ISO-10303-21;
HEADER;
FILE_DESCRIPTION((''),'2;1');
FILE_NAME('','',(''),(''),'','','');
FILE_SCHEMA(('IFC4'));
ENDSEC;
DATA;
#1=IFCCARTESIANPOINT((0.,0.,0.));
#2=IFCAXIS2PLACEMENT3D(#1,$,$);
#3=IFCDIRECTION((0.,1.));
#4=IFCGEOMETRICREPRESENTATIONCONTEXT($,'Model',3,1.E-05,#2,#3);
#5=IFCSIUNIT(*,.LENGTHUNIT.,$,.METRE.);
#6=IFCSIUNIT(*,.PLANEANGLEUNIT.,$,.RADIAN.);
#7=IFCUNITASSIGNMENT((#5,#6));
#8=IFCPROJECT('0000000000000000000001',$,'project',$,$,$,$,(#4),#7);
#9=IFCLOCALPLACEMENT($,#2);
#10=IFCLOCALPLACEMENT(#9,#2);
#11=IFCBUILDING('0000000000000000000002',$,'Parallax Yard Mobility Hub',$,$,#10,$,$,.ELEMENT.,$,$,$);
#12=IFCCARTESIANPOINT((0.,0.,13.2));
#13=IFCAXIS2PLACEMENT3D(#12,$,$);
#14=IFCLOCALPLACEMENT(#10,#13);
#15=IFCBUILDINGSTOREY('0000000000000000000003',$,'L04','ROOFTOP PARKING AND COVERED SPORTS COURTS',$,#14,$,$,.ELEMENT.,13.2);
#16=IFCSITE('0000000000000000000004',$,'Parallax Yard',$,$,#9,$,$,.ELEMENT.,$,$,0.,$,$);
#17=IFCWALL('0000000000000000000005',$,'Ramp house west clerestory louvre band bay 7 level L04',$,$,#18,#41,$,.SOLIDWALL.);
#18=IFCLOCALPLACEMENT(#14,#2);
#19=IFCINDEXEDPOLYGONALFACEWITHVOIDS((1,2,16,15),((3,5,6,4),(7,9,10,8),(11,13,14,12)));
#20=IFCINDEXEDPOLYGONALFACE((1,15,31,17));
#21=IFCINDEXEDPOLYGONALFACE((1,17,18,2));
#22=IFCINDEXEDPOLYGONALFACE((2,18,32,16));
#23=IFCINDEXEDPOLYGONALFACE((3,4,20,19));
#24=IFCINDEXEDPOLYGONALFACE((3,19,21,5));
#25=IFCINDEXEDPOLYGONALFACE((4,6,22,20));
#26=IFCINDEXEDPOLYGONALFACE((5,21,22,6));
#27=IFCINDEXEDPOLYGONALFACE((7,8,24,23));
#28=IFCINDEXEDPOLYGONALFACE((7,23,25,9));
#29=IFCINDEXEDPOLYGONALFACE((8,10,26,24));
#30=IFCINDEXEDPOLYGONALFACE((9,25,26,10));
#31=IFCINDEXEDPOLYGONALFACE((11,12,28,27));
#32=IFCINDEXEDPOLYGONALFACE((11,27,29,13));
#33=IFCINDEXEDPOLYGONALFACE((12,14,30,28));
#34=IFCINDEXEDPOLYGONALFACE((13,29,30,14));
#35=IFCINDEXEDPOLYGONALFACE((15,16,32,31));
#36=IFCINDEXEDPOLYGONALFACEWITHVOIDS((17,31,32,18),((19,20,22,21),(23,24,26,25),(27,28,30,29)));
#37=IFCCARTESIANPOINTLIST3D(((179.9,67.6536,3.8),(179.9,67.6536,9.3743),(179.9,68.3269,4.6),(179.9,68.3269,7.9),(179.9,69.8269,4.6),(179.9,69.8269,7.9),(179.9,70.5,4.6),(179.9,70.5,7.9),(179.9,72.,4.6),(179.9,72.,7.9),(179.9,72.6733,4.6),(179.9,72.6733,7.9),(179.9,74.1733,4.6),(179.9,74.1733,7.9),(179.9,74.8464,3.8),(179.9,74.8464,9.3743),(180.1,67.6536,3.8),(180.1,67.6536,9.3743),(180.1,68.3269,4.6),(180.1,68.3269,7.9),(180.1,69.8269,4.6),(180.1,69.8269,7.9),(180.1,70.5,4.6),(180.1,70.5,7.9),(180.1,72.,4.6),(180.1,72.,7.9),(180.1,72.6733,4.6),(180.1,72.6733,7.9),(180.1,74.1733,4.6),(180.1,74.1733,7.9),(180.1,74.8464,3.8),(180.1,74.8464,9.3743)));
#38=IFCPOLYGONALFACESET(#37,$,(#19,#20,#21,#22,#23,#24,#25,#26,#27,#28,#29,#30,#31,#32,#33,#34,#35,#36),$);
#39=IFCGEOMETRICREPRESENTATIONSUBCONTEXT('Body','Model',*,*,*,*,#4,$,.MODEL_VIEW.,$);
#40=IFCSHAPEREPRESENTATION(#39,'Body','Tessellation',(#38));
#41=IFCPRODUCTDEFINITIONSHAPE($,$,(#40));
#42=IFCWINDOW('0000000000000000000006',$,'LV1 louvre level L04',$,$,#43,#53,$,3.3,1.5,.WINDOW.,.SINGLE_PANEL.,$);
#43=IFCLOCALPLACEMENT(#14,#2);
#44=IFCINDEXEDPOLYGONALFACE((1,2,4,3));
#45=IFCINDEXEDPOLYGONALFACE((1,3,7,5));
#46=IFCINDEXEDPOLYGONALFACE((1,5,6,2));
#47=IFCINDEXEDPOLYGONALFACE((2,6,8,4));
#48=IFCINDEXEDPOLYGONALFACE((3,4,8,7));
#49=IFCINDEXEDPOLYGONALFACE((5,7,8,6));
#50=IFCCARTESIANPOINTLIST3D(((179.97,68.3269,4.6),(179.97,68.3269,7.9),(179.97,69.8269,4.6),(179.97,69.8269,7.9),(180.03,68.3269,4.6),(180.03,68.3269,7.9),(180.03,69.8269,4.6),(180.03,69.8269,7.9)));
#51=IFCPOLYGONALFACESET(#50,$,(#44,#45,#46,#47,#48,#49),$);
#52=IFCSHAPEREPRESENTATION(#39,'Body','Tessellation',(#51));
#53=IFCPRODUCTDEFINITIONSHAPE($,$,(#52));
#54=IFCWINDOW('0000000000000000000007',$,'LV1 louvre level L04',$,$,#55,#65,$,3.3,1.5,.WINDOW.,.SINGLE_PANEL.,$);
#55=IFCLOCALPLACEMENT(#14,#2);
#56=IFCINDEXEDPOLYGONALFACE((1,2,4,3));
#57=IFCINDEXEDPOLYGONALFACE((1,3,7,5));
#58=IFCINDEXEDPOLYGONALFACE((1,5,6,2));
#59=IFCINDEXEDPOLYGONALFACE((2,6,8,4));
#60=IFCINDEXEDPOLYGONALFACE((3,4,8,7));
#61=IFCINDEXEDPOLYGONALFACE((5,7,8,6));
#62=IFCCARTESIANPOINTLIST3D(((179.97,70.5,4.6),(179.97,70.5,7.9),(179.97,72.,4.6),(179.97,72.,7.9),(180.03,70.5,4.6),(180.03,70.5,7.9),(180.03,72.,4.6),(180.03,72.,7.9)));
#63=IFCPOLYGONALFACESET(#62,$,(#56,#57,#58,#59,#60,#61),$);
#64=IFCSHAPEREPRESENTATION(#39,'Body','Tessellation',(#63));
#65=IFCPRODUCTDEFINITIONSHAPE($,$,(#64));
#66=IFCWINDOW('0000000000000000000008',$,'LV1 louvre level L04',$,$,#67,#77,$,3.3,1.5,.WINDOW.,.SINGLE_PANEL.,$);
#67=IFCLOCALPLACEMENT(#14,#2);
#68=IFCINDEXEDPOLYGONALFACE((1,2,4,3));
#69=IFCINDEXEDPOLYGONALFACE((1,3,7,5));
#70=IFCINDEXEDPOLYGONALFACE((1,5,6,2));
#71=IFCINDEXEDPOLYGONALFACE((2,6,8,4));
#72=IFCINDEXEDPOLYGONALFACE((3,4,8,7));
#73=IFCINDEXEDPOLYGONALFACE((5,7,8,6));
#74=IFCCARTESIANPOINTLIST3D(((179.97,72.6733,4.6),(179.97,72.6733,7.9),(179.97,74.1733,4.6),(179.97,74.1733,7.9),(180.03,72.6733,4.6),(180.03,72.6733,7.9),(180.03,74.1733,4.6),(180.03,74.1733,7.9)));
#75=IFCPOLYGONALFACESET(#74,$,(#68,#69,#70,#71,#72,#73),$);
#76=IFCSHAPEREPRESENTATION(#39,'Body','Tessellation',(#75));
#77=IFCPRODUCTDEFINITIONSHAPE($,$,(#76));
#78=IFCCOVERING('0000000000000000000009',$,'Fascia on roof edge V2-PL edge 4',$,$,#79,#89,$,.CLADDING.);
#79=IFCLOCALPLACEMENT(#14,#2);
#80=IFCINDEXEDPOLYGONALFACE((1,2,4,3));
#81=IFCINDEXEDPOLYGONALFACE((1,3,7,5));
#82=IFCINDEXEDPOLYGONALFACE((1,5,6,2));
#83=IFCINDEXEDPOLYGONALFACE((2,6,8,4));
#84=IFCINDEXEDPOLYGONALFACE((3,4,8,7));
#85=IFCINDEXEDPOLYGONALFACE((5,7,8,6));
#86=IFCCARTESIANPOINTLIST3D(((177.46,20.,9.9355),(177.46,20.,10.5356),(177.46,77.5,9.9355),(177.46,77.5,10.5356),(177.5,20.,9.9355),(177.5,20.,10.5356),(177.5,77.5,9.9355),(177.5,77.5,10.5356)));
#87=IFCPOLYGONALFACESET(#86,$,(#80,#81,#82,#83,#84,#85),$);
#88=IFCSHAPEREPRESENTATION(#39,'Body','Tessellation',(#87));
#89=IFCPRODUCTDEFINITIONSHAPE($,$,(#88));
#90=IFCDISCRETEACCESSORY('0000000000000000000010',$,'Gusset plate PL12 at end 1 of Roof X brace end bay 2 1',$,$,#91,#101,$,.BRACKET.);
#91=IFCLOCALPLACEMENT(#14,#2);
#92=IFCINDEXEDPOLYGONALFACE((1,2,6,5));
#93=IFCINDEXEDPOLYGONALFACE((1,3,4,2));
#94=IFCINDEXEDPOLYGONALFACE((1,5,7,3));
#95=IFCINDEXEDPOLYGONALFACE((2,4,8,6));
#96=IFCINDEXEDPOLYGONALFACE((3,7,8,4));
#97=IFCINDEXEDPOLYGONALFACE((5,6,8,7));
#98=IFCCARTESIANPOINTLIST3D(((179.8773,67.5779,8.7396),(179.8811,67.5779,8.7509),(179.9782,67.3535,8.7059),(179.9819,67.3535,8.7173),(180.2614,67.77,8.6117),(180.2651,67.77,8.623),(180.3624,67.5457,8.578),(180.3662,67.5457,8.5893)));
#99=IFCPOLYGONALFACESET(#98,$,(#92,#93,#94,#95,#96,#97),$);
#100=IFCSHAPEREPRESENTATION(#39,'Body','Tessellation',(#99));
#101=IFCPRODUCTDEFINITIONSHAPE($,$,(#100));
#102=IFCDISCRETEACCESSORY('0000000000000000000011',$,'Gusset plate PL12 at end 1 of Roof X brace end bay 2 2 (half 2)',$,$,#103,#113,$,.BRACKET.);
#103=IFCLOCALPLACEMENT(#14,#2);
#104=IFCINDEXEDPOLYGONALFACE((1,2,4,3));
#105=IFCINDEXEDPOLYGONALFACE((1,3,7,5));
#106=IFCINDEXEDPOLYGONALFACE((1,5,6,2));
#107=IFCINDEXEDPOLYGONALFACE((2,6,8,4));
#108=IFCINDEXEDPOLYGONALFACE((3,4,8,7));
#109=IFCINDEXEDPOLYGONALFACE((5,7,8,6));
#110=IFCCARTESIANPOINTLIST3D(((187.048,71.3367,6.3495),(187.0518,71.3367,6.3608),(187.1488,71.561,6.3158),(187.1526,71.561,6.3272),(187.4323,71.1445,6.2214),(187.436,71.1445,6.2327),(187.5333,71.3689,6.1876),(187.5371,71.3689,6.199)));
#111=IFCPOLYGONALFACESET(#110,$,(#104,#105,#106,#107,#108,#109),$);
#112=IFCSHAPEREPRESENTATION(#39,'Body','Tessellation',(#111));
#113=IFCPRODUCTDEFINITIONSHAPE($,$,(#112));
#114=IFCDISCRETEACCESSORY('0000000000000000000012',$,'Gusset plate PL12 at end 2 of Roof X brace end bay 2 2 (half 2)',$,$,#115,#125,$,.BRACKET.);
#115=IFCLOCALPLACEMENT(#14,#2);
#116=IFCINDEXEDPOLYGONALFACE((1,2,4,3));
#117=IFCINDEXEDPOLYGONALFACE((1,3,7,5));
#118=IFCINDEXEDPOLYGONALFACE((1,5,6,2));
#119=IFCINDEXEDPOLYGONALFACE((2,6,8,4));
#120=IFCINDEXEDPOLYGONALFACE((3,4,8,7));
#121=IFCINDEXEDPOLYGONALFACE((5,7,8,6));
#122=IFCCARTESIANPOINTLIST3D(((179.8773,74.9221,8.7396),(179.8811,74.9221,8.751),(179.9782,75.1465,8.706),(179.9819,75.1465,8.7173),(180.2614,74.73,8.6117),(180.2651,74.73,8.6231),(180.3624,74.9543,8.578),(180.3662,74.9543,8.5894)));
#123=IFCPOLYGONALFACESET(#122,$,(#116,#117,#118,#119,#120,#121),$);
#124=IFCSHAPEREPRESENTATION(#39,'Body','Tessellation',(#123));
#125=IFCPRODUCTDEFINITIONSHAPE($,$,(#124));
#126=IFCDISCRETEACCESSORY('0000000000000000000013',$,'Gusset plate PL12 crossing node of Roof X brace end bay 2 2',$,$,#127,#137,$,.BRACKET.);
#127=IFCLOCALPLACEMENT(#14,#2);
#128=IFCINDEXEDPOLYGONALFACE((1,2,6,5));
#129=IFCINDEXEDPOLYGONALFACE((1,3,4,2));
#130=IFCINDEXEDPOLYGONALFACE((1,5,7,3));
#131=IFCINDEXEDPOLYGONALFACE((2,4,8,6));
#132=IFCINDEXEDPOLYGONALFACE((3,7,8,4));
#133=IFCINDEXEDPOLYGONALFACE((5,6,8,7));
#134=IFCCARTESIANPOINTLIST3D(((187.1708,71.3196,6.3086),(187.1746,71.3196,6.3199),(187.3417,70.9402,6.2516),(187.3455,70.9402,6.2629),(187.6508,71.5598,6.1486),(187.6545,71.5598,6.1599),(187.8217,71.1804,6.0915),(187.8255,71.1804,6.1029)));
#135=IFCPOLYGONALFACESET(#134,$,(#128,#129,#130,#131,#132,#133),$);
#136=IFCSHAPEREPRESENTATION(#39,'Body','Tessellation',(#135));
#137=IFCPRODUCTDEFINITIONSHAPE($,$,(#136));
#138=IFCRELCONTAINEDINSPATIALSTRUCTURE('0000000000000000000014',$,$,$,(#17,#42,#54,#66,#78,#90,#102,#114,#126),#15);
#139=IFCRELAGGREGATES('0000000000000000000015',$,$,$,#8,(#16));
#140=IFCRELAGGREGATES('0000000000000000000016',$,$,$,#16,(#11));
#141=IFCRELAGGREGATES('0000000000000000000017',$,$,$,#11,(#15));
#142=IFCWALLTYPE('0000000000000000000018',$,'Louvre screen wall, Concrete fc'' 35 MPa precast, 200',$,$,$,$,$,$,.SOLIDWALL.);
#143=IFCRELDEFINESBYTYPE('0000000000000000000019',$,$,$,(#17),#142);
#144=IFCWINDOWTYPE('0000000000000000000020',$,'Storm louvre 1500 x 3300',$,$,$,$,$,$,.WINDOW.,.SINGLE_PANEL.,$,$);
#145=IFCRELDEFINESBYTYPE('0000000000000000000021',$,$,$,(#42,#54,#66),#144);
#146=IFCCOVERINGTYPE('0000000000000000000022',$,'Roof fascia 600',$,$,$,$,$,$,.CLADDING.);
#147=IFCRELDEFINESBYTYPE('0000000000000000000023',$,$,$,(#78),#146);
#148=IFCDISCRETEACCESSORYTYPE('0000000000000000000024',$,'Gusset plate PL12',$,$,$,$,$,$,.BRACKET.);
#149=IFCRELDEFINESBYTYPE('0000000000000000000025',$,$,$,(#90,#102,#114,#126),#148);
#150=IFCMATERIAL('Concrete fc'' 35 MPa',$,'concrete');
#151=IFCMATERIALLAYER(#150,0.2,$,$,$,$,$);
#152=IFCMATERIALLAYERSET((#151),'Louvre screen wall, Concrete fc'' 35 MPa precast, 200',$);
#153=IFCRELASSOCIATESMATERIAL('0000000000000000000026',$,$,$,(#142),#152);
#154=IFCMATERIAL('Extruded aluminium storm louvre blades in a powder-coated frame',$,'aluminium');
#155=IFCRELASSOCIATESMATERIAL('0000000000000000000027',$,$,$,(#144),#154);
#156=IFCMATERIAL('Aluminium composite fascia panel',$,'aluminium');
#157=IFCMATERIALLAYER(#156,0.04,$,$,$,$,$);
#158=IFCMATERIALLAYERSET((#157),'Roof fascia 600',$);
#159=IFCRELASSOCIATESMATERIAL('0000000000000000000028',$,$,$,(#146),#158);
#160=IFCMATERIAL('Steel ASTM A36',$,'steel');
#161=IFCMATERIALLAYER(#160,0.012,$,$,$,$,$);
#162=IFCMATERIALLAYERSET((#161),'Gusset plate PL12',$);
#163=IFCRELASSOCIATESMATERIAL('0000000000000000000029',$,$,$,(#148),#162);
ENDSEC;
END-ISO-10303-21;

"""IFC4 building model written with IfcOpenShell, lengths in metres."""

from ifc_helpers import new_model, si_unit, direction, frame, frame_2d, origin, place, context, subcontext, project, spatial, polyline, rectangle, outline, extrude, material, layer, layer_set, type_object, element, fill, save


model = new_model("IFC4")

# Units and contexts
model_context = context("Model", 3, precision=1e-05, world=origin(), true_north=direction((0.0, 1.0)))
body_context = subcontext(model_context, "Body", "Model", "MODEL_VIEW")
ifc_project = project(units=[si_unit("LENGTHUNIT", "METRE"), si_unit("PLANEANGLEUNIT", "RADIAN")], contexts=[model_context])

# Site, building, storey
site_placement = place(None, origin())
site = spatial("IfcSite", under=ifc_project, at=site_placement, Name="Parallax Yard", CompositionType="ELEMENT", RefElevation=0.0)
building_placement = place(site_placement, origin())
building = spatial("IfcBuilding", under=site, at=building_placement, Name="Parallax Yard Mobility Hub", CompositionType="ELEMENT")
storey_placement = place(building_placement, frame((0.0, 0.0, 13.2)))
storey = spatial("IfcBuildingStorey", under=building, at=storey_placement, Name="L04", Description="ROOFTOP PARKING AND COVERED SPORTS COURTS", CompositionType="ELEMENT", Elevation=13.2)

# Wall, openings, windows
ifc_material_1 = material(Name="Concrete fc' 35 MPa", Category="concrete")
ifc_layer_1 = layer(ifc_material_1, 0.2)
ifc_layer_set_1 = layer_set([ifc_layer_1], Name="Louvre screen wall, Concrete fc' 35 MPa precast, 200")
wall_type = type_object("IfcWallType", Name="Louvre screen wall, Concrete fc' 35 MPa precast, 200", PredefinedType="SOLIDWALL", material=ifc_layer_set_1)
wall_placement = place(storey_placement, frame((180.0, 67.6536, 3.8), z_axis=(0.0, 0.0, 1.0), x_axis=(0.0, 1.0, 0.0)))
wall = element("IfcWall", 1, at=wall_placement, inside=storey, type_object=wall_type, Name="Ramp house west clerestory louvre band bay 7 level L04", PredefinedType="SOLIDWALL", context=body_context, shape_type="SweptSolid", body=[
    extrude(rectangle(XDim=7.1929, YDim=0.2, at=frame_2d((3.5964, 0.0))), origin(), (0.0, 0.0, 1.0), 5.5742),
])
opening_1_placement = place(wall_placement, frame((0.6733, 0.0, 0.8)))
opening_1 = element("IfcOpeningElement", 2, at=opening_1_placement, cuts=wall, PredefinedType="OPENING", context=body_context, shape_type="SweptSolid", body=[
    extrude(rectangle(XDim=1.5, YDim=3.3, at=frame_2d((0.75, 1.6499))), frame((0.0, 0.1099, 0.0), z_axis=(0.0, -1.0, 0.0), x_axis=(1.0, 0.0, 0.0)), (0.0, 0.0, 1.0), 0.22),
])
opening_2_placement = place(wall_placement, frame((2.8464, 0.0, 0.8)))
opening_2 = element("IfcOpeningElement", 3, at=opening_2_placement, cuts=wall, PredefinedType="OPENING", context=body_context, shape_type="SweptSolid", body=[
    extrude(rectangle(XDim=1.5, YDim=3.3, at=frame_2d((0.75, 1.6499))), frame((0.0, 0.1099, 0.0), z_axis=(0.0, -1.0, 0.0), x_axis=(1.0, 0.0, 0.0)), (0.0, 0.0, 1.0), 0.22),
])
opening_3_placement = place(wall_placement, frame((5.0198, 0.0, 0.8)))
opening_3 = element("IfcOpeningElement", 4, at=opening_3_placement, cuts=wall, PredefinedType="OPENING", context=body_context, shape_type="SweptSolid", body=[
    extrude(rectangle(XDim=1.5, YDim=3.3, at=frame_2d((0.75, 1.6499))), frame((0.0, 0.1099, 0.0), z_axis=(0.0, -1.0, 0.0), x_axis=(1.0, 0.0, 0.0)), (0.0, 0.0, 1.0), 0.22),
])
ifc_material_2 = material(Name="Extruded aluminium storm louvre blades in a powder-coated frame", Category="aluminium")
window_type = type_object("IfcWindowType", Name="Storm louvre 1500 x 3300", PartitioningType="SINGLE_PANEL", PredefinedType="WINDOW", material=ifc_material_2)
window_1_placement = place(opening_1_placement, origin())
window_1 = element("IfcWindow", 5, at=window_1_placement, inside=storey, type_object=window_type, Name="LV1 louvre level L04", OverallHeight=3.3, OverallWidth=1.5, PartitioningType="SINGLE_PANEL", PredefinedType="WINDOW", context=body_context, shape_type="SweptSolid", body=[
    extrude(rectangle(XDim=1.5, YDim=3.3, at=frame_2d((0.75, 1.6499))), frame((0.0, 0.03, 0.0), z_axis=(0.0, -1.0, 0.0), x_axis=(1.0, 0.0, 0.0)), (0.0, 0.0, 1.0), 0.0601),
])
fill(opening_1, window_1)
window_2_placement = place(opening_2_placement, origin())
window_2 = element("IfcWindow", 6, at=window_2_placement, inside=storey, type_object=window_type, Name="LV1 louvre level L04", OverallHeight=3.3, OverallWidth=1.5, PartitioningType="SINGLE_PANEL", PredefinedType="WINDOW", context=body_context, shape_type="SweptSolid", body=[
    extrude(rectangle(XDim=1.5, YDim=3.3, at=frame_2d((0.75, 1.6499))), frame((0.0, 0.03, 0.0), z_axis=(0.0, -1.0, 0.0), x_axis=(1.0, 0.0, 0.0)), (0.0, 0.0, 1.0), 0.0601),
])
fill(opening_2, window_2)
window_3_placement = place(opening_3_placement, origin())
window_3 = element("IfcWindow", 7, at=window_3_placement, inside=storey, type_object=window_type, Name="LV1 louvre level L04", OverallHeight=3.3, OverallWidth=1.5, PartitioningType="SINGLE_PANEL", PredefinedType="WINDOW", context=body_context, shape_type="SweptSolid", body=[
    extrude(rectangle(XDim=1.5, YDim=3.3, at=frame_2d((0.75, 1.6499))), frame((0.0, 0.03, 0.0), z_axis=(0.0, -1.0, 0.0), x_axis=(1.0, 0.0, 0.0)), (0.0, 0.0, 1.0), 0.0601),
])
fill(opening_3, window_3)

# Covering
ifc_material_3 = material(Name="Aluminium composite fascia panel", Category="aluminium")
ifc_layer_2 = layer(ifc_material_3, 0.04)
ifc_layer_set_2 = layer_set([ifc_layer_2], Name="Roof fascia 600")
covering_type = type_object("IfcCoveringType", Name="Roof fascia 600", PredefinedType="CLADDING", material=ifc_layer_set_2)
covering_placement = place(storey_placement, frame((177.5, 77.5, 10.5356), z_axis=(1.0, 0.0, 0.0), x_axis=(0.0, -1.0, 0.0)))
element("IfcCovering", 8, at=covering_placement, inside=storey, type_object=covering_type, Name="Fascia on roof edge V2-PL edge 4", PredefinedType="CLADDING", context=body_context, shape_type="SweptSolid", body=[
    extrude(outline(polyline([(0.0, 0.0), (57.5, 0.0), (57.5, 0.6001), (0.0, 0.6001), (0.0, 0.0)])), origin(), (0.0, 0.0, -1.0), 0.04),
])

# Discrete accessories
ifc_material_4 = material(Name="Steel ASTM A36", Category="steel")
ifc_layer_3 = layer(ifc_material_4, 0.012)
ifc_layer_set_3 = layer_set([ifc_layer_3], Name="Gusset plate PL12")
discrete_accessory_type = type_object("IfcDiscreteAccessoryType", Name="Gusset plate PL12", PredefinedType="BRACKET", material=ifc_layer_set_3)
discrete_accessory_1_placement = place(storey_placement, frame((180.2651, 67.77, 8.623), z_axis=(0.316069, -0.000251, 0.948736), x_axis=(-0.857114, -0.428816, 0.285432)))
element("IfcDiscreteAccessory", 9, at=discrete_accessory_1_placement, inside=storey, type_object=discrete_accessory_type, Name="Gusset plate PL12 at end 1 of Roof X brace end bay 2 1", PredefinedType="BRACKET", context=body_context, shape_type="SweptSolid", body=[
    extrude(outline(polyline([(0.0, 0.0), (0.4481, 0.0), (0.4482, 0.2483), (0.0, 0.2484), (0.0, 0.0)])), origin(), (0.0, 0.0, -1.0), 0.012),
])
discrete_accessory_2_placement = place(storey_placement, frame((187.0518, 71.3367, 6.3608), z_axis=(0.316365, 0.000104, 0.948638), x_axis=(0.857126, -0.428549, -0.285799)))
element("IfcDiscreteAccessory", 10, at=discrete_accessory_2_placement, inside=storey, type_object=discrete_accessory_type, Name="Gusset plate PL12 at end 1 of Roof X brace end bay 2 2 (half 2)", PredefinedType="BRACKET", context=body_context, shape_type="SweptSolid", body=[
    extrude(outline(polyline([(0.0, 0.0), (0.4483, 0.0), (0.4485, 0.2484), (-0.0001, 0.2483), (0.0, 0.0)])), origin(), (0.0, 0.0, -1.0), 0.012),
])
discrete_accessory_3_placement = place(storey_placement, frame((180.3662, 74.9543, 8.5894), z_axis=(0.316069, 0.000251, 0.948736), x_axis=(-0.857205, 0.428616, 0.285462)))
element("IfcDiscreteAccessory", 11, at=discrete_accessory_3_placement, inside=storey, type_object=discrete_accessory_type, Name="Gusset plate PL12 at end 2 of Roof X brace end bay 2 2 (half 2)", PredefinedType="BRACKET", context=body_context, shape_type="SweptSolid", body=[
    extrude(outline(polyline([(0.0, 0.0), (0.4483, 0.0), (0.4482, 0.2483), (0.0001, 0.2484), (0.0, 0.0)])), origin(), (0.0, 0.0, -1.0), 0.012),
])
discrete_accessory_4_placement = place(storey_placement, frame((187.3455, 70.9402, 6.2629), z_axis=(0.316324, -0.000053, 0.948651), x_axis=(0.856977, 0.428892, -0.285732)))
element("IfcDiscreteAccessory", 12, at=discrete_accessory_4_placement, inside=storey, type_object=discrete_accessory_type, Name="Gusset plate PL12 crossing node of Roof X brace end bay 2 2", PredefinedType="BRACKET", context=body_context, shape_type="SweptSolid", body=[
    extrude(outline(polyline([(0.0, 0.0), (0.5601, 0.0), (0.5601, 0.42), (0.0, 0.42), (0.0, 0.0)])), origin(), (0.0, 0.0, -1.0), 0.012),
])

save(model, "model.ifc")
